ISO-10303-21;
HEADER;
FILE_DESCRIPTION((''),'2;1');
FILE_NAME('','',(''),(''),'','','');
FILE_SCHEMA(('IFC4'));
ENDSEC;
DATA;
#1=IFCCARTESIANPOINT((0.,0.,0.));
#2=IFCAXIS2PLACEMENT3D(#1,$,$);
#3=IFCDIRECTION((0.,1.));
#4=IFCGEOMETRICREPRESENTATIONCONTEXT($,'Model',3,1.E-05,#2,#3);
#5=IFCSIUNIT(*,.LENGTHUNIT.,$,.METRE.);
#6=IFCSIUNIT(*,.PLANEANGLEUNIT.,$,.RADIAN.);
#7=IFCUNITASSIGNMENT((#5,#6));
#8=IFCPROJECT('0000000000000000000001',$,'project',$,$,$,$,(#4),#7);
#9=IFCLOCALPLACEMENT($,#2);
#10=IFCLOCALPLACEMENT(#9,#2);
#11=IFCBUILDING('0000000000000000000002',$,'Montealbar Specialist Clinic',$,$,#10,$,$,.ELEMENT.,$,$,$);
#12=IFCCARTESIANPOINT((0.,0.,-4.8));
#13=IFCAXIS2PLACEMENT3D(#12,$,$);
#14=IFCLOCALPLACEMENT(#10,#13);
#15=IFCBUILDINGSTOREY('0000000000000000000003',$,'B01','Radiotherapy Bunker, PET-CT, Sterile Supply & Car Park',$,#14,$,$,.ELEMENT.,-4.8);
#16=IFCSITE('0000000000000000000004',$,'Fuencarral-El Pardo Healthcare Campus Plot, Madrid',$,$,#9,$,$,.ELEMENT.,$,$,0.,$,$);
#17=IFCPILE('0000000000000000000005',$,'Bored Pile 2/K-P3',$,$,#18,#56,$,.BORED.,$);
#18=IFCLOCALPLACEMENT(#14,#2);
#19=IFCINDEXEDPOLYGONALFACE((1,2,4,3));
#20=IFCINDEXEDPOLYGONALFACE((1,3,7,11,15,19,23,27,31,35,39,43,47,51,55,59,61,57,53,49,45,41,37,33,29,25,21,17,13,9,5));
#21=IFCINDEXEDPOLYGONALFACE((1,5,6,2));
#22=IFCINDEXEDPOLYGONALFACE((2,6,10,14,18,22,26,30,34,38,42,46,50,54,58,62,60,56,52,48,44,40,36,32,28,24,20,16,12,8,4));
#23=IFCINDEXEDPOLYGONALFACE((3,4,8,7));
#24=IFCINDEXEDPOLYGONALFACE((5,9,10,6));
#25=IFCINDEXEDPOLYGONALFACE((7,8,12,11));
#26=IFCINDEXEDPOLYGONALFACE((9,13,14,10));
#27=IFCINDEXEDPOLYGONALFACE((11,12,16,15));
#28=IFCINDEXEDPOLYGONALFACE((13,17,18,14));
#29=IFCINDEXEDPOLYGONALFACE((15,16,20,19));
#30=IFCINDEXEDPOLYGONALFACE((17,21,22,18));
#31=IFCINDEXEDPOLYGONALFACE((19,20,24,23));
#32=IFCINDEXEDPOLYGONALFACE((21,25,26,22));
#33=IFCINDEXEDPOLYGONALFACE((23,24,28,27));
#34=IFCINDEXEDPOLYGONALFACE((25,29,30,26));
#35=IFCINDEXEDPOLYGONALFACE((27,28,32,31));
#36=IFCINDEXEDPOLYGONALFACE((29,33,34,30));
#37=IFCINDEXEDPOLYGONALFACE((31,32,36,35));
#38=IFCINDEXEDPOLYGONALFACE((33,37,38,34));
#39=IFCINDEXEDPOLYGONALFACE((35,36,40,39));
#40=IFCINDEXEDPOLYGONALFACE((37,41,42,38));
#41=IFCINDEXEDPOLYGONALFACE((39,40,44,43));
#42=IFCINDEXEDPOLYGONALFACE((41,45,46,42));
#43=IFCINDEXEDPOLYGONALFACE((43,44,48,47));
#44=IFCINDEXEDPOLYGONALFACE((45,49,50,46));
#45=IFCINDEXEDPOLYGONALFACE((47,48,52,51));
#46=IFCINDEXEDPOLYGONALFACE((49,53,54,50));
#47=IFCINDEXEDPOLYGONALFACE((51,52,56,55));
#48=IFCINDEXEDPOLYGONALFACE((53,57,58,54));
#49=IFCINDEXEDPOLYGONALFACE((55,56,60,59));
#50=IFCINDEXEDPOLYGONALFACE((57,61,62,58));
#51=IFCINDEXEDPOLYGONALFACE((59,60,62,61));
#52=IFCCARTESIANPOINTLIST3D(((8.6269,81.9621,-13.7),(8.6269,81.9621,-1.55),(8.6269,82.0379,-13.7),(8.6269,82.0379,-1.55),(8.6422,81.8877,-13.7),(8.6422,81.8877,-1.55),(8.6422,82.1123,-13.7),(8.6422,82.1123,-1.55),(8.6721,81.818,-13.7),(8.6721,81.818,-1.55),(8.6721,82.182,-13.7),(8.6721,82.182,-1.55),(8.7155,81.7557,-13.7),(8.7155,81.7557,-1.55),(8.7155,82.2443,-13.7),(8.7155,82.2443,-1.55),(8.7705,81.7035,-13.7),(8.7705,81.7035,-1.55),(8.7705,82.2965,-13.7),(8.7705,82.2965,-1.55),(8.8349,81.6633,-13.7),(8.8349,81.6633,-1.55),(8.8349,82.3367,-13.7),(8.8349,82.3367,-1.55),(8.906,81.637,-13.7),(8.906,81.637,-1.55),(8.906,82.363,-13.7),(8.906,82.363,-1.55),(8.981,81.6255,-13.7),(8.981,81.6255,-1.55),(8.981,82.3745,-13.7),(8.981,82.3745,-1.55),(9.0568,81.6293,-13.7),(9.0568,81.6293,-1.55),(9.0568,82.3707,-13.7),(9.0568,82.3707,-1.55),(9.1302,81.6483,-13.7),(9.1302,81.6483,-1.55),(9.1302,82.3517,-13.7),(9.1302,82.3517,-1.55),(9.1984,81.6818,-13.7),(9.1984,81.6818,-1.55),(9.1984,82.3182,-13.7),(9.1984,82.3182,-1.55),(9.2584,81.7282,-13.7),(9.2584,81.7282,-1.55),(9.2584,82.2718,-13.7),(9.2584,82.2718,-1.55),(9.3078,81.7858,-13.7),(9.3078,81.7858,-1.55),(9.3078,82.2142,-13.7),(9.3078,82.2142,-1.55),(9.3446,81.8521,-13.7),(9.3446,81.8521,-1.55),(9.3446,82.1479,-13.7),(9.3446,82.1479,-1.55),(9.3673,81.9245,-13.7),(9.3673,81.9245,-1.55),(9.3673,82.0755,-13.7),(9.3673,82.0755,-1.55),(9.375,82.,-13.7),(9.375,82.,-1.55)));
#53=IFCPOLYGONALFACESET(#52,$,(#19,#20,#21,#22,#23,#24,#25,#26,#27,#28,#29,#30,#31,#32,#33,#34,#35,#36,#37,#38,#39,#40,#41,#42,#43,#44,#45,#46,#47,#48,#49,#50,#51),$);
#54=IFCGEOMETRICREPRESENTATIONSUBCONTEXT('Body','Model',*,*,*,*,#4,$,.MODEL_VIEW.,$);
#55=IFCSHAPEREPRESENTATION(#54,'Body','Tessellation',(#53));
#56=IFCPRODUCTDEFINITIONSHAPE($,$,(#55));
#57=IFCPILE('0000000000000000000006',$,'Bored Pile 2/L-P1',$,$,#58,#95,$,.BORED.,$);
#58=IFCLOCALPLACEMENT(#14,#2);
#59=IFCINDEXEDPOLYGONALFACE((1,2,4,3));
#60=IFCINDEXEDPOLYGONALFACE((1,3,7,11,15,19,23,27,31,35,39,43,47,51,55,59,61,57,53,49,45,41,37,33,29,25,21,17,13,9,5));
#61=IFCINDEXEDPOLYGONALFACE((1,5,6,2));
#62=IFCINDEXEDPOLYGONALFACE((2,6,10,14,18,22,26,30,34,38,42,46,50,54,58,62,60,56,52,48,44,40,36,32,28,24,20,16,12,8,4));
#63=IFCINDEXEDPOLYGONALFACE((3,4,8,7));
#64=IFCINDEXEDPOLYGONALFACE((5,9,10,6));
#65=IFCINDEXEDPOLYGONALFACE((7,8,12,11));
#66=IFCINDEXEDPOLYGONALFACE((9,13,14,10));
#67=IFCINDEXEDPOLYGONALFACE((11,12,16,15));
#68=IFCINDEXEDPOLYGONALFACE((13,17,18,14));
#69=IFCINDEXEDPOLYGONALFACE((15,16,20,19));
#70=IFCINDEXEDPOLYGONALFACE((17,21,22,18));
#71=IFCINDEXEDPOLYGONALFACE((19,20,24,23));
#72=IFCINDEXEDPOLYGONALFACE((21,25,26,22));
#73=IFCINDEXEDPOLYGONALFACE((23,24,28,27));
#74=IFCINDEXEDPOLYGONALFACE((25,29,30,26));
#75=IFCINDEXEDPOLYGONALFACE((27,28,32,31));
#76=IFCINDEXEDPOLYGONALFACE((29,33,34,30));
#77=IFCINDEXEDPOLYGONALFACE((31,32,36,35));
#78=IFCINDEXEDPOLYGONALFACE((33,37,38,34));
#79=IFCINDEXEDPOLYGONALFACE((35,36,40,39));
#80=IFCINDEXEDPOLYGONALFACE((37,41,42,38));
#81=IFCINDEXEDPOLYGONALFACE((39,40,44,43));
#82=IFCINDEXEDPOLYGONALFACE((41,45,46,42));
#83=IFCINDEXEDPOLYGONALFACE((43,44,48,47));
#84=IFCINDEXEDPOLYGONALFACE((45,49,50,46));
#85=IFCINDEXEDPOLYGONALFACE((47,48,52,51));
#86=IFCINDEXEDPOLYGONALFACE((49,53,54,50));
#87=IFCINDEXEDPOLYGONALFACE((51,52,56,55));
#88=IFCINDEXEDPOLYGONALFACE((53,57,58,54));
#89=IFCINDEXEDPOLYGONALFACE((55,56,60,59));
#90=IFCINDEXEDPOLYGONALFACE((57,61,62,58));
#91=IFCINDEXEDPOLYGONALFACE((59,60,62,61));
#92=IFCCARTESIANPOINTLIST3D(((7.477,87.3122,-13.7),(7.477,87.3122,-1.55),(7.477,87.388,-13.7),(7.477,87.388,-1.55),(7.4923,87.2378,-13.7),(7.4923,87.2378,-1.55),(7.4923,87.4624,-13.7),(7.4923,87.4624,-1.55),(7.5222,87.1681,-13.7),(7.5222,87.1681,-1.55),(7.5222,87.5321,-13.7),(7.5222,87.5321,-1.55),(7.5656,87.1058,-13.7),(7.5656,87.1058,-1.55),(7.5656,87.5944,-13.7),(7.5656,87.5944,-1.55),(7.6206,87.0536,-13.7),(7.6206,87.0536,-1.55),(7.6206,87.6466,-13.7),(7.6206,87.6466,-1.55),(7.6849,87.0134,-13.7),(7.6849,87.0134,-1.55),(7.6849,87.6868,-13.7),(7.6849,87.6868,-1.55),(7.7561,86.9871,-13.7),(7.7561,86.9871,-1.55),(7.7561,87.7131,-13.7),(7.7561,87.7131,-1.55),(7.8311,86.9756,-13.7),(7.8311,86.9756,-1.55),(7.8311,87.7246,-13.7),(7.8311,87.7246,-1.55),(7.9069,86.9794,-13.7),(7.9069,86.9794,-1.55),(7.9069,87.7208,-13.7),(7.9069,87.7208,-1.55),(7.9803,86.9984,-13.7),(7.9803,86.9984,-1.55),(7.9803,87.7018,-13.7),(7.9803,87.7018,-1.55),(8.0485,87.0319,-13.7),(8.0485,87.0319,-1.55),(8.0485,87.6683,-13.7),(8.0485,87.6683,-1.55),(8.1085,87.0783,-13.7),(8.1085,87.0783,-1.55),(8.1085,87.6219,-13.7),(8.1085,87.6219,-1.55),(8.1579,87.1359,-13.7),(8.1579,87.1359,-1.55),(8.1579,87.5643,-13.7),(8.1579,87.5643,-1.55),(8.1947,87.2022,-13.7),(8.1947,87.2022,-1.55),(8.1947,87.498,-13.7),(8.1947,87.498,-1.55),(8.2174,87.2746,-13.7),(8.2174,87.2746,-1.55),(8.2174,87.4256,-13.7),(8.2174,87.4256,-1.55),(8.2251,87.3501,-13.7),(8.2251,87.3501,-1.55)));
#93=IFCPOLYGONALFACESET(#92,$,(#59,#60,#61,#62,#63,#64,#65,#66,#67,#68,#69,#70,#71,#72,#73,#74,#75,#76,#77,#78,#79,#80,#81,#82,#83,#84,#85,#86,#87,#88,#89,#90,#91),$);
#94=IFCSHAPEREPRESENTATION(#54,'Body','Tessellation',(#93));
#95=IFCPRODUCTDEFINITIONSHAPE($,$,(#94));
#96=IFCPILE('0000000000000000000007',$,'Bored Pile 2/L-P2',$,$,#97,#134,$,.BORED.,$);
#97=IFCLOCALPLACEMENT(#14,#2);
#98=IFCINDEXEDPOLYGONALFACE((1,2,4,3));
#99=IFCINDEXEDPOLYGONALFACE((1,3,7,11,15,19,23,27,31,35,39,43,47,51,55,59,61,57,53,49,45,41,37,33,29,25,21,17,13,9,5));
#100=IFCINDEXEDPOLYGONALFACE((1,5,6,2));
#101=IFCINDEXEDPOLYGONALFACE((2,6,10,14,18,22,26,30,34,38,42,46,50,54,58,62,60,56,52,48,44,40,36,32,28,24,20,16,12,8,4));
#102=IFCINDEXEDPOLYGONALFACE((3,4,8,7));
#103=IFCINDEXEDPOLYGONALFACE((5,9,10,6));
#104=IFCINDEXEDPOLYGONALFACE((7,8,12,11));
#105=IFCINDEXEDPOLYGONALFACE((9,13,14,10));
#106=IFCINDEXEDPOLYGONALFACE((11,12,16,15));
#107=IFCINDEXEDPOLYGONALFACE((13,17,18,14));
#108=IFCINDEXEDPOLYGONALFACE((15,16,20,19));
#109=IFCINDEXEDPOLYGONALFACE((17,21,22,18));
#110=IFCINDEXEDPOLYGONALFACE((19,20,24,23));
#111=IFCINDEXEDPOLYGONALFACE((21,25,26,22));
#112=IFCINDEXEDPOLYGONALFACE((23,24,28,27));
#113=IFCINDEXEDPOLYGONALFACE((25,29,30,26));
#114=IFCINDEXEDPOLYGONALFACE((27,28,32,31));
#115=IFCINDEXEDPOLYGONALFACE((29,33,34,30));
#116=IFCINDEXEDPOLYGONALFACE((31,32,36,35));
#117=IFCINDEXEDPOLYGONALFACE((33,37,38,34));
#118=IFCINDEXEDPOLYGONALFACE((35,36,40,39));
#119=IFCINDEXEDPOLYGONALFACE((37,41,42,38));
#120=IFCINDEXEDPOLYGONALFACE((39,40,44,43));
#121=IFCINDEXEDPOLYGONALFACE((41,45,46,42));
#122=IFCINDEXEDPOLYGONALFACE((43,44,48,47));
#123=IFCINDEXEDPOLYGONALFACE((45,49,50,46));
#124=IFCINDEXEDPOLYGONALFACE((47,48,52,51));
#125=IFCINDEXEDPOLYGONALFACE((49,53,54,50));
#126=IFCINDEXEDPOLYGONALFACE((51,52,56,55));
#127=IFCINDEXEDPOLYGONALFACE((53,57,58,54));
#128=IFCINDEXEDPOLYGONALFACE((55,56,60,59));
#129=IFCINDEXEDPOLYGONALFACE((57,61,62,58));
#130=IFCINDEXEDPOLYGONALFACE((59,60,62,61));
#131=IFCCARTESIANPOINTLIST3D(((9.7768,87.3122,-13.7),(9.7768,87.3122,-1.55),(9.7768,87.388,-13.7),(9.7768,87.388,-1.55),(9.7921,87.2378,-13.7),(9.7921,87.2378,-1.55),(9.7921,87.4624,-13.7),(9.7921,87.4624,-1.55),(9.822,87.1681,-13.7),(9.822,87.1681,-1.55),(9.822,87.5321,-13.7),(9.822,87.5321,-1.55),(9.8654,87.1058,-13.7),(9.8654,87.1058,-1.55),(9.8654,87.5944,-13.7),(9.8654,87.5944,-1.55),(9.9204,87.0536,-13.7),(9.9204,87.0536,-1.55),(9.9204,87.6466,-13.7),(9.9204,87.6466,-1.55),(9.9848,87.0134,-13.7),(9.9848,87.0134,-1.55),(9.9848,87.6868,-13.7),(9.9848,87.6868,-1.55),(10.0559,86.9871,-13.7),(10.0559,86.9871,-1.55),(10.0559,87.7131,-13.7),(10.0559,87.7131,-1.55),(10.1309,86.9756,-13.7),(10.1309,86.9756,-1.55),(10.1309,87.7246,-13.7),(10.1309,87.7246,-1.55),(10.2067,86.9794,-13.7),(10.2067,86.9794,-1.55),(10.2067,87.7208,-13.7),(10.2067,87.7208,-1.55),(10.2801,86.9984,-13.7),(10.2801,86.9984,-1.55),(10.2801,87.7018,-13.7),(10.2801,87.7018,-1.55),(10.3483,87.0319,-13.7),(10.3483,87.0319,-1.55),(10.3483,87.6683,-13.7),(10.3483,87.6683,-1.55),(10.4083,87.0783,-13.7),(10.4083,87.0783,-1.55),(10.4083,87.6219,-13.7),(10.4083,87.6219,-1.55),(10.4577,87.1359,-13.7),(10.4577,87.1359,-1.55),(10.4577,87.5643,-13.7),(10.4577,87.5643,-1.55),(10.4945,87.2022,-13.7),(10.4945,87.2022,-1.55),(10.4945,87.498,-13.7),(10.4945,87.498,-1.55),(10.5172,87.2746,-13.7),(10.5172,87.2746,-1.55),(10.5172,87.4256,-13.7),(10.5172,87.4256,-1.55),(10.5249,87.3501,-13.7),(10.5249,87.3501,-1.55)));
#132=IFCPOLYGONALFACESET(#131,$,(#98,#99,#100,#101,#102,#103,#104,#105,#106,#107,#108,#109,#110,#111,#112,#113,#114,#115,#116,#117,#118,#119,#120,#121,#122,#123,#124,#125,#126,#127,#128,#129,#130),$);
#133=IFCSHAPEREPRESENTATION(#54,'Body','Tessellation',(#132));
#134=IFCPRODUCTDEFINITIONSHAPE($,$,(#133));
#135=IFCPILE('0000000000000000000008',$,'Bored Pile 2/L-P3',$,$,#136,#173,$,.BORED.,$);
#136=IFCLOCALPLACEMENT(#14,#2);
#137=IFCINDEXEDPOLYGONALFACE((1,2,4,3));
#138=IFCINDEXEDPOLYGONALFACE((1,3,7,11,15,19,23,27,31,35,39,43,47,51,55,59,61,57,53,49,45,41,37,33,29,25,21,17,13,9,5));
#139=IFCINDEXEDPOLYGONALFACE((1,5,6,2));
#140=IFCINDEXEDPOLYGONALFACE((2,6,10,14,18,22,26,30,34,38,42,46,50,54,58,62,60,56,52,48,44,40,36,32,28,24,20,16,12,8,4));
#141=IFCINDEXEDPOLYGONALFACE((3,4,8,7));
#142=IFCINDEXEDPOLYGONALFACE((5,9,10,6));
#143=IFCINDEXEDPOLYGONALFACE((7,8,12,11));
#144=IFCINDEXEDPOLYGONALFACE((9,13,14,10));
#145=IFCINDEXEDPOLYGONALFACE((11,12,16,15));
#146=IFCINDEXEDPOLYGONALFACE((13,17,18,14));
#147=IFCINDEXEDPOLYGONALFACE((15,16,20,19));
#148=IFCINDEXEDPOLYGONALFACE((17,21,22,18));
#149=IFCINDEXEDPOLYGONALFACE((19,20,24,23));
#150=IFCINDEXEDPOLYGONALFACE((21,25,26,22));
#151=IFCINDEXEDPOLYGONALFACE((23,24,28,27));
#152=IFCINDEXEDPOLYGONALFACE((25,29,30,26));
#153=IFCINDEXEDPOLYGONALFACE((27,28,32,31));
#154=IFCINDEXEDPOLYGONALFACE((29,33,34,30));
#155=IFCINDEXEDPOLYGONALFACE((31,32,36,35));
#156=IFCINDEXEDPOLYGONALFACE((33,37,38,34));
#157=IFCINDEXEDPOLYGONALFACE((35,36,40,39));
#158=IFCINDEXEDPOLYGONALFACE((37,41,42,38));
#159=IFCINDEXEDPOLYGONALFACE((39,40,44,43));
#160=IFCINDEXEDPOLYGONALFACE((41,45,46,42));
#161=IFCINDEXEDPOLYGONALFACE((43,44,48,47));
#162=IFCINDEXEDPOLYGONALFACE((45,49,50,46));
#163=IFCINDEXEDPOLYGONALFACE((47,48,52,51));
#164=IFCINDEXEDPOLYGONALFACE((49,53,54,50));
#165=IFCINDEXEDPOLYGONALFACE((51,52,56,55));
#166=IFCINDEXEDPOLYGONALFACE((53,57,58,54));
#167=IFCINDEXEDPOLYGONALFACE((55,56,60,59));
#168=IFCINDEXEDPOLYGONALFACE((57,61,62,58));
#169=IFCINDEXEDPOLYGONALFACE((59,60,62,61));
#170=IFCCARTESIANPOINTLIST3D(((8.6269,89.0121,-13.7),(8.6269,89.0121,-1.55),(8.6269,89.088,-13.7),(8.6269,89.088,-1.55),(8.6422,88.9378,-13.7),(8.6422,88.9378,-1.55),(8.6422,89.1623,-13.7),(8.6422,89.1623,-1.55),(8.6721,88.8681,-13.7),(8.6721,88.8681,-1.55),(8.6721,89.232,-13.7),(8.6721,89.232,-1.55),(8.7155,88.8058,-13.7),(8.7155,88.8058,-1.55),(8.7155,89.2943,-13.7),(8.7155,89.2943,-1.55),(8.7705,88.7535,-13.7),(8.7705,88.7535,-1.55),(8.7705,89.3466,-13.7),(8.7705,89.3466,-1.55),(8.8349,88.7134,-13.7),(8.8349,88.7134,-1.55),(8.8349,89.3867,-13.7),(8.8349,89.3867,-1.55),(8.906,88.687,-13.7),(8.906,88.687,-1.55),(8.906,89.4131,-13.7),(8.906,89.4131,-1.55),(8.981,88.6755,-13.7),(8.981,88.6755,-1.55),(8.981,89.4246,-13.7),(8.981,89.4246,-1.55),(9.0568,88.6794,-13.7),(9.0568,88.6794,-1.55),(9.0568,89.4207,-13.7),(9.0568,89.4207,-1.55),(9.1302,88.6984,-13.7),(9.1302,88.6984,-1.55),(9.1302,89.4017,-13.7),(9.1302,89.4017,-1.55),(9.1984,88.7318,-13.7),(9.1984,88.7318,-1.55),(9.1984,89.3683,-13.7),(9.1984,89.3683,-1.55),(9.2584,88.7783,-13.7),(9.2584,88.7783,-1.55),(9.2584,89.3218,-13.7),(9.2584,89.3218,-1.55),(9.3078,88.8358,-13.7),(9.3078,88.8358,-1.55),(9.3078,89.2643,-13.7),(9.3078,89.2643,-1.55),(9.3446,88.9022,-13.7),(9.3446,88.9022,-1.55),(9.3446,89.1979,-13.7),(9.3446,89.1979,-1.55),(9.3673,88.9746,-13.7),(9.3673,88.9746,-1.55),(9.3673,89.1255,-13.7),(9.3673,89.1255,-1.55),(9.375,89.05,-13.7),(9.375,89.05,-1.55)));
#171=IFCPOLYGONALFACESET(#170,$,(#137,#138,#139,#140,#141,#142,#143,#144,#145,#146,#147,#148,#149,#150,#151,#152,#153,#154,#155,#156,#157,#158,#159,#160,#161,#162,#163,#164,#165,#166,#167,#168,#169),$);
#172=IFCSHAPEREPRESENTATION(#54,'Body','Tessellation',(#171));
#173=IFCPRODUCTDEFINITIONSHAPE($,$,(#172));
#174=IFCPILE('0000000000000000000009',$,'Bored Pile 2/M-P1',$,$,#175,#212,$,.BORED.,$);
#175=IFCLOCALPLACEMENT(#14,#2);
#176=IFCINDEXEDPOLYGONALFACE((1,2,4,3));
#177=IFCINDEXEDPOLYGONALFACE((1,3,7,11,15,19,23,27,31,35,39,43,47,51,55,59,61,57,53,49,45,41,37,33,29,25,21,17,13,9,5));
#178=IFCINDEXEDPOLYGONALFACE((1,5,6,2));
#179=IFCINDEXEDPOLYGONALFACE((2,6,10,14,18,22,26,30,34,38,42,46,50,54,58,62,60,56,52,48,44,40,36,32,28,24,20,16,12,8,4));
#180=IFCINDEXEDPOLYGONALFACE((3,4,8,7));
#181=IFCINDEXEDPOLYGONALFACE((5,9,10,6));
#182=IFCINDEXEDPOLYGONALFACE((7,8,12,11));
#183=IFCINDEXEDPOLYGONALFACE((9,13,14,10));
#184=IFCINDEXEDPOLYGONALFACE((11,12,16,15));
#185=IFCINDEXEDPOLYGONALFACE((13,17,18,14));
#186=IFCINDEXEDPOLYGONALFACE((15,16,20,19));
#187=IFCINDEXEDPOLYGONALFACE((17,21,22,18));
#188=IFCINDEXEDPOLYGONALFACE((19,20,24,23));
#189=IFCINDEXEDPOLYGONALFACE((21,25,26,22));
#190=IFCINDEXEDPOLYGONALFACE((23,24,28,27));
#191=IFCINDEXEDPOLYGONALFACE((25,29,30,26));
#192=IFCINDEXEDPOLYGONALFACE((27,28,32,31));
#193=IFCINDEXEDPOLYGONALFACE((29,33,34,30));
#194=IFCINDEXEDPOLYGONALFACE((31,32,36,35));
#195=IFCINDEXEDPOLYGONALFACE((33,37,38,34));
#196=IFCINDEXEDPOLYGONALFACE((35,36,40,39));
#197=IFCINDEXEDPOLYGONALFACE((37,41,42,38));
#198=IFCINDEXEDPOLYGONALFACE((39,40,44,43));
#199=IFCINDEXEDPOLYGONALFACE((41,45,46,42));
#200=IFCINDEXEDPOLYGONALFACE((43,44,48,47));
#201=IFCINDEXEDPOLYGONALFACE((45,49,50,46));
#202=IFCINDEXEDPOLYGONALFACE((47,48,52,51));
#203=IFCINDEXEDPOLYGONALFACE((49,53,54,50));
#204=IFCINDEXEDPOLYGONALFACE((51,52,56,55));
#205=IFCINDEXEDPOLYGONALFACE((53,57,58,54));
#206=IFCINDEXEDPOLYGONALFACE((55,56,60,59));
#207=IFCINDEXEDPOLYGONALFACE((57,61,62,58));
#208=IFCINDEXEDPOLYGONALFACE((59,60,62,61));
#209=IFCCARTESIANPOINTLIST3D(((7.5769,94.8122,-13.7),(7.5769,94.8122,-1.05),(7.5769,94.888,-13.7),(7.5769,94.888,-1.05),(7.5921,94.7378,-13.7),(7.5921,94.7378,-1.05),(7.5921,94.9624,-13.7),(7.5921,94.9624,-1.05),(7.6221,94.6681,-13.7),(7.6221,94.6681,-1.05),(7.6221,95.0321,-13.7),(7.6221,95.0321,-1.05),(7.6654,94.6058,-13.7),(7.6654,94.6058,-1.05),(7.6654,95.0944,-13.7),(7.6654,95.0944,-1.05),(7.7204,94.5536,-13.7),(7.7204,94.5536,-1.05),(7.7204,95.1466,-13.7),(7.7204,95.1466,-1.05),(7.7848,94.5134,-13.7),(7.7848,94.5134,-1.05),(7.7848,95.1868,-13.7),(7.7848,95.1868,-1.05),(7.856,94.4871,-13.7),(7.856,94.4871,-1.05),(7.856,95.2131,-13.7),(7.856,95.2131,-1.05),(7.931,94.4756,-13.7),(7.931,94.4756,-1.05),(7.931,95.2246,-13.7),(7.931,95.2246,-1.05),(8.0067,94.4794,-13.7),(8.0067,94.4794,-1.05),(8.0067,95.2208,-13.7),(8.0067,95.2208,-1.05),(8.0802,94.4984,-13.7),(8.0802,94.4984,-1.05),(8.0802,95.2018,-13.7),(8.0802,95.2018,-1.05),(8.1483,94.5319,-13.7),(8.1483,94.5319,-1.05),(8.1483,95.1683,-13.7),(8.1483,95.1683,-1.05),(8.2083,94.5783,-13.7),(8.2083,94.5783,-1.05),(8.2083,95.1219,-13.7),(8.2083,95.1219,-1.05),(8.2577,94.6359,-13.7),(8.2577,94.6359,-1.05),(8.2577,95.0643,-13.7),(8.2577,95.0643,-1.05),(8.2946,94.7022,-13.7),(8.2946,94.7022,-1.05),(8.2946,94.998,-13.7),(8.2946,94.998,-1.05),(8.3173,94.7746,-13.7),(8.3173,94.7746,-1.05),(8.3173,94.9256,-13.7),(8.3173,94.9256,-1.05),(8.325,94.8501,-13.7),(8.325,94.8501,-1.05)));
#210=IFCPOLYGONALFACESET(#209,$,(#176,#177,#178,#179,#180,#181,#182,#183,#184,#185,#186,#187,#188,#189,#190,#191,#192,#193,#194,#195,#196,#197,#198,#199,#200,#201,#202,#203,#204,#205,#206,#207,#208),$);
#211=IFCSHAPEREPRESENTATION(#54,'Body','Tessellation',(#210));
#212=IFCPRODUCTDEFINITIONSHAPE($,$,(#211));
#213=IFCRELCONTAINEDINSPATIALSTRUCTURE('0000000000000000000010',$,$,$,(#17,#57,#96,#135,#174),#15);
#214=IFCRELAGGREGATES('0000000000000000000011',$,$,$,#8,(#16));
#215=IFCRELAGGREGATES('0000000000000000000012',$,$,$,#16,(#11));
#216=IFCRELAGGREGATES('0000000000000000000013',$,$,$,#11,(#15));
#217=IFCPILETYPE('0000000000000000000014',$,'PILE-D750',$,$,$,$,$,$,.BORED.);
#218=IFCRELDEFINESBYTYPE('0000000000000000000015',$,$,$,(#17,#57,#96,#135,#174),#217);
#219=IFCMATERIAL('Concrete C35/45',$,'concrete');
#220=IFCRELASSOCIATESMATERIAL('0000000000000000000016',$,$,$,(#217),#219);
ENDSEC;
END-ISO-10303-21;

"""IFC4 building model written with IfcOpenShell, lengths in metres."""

from ifc_helpers import new_model, si_unit, direction, frame, origin, origin_2d, place, context, subcontext, project, spatial, circle, extrude, material, material_profile, profile_set, type_object, element, save


model = new_model("IFC4")

# Units and contexts
model_context = context("Model", 3, precision=1e-05, world=origin(), true_north=direction((0.0, 1.0)))
body_context = subcontext(model_context, "Body", "Model", "MODEL_VIEW")
ifc_project = project(units=[si_unit("LENGTHUNIT", "METRE"), si_unit("PLANEANGLEUNIT", "RADIAN")], contexts=[model_context])

# Site, building, storey
site_placement = place(None, origin())
site = spatial("IfcSite", under=ifc_project, at=site_placement, Name="Fuencarral-El Pardo Healthcare Campus Plot, Madrid", CompositionType="ELEMENT", RefElevation=0.0)
building_placement = place(site_placement, origin())
building = spatial("IfcBuilding", under=site, at=building_placement, Name="Montealbar Specialist Clinic", CompositionType="ELEMENT")
storey_placement = place(building_placement, frame((0.0, 0.0, -4.8)))
storey = spatial("IfcBuildingStorey", under=building, at=storey_placement, Name="B01", Description="Radiotherapy Bunker, PET-CT, Sterile Supply & Car Park", CompositionType="ELEMENT", Elevation=-4.8)

# Shared definitions
ifc_material_1 = material(Name="Concrete C35/45", Category="concrete")

# Piles
ifc_material_profile_1 = material_profile(ifc_material_1, circle(Radius=0.375, at=origin_2d()), Name="PILE D750", Category="concrete")
ifc_profile_set_1 = profile_set([ifc_material_profile_1], Name="Concrete C35/45")
pile_type_1 = type_object("IfcPileType", Name="PILE-D750", PredefinedType="BORED", material=ifc_profile_set_1)
for number, where, z_axis, x_axis, name in (
    (1, (9.0, 82.0, -1.55), (0.0, 0.0, -1.0), (1.0, 0.0, 0.0), "Bored Pile 2/K-P3"),
    (2, (7.8501, 87.3501, -1.55), (0.0, 0.0, -1.0), (1.0, 0.0, 0.0), "Bored Pile 2/L-P1"),
    (3, (10.1499, 87.3501, -1.55), (0.0, 0.0, -1.0), (1.0, 0.0, 0.0), "Bored Pile 2/L-P2"),
    (4, (9.0, 89.05, -1.55), (0.0, 0.0, -1.0), (1.0, 0.0, 0.0), "Bored Pile 2/L-P3"),
):
    element("IfcPile", number, at=place(storey_placement, frame(where, z_axis=z_axis, x_axis=x_axis)), inside=storey, type_object=pile_type_1, Name=name, PredefinedType="BORED", context=body_context, shape_type="SweptSolid", body=[
        extrude(circle(Radius=0.375, at=origin_2d()), origin(), (0.0, 0.0, 1.0), 12.1499),
    ])
for number, where, z_axis, x_axis, name in (
    (5, (7.95, 94.8501, -1.05), (0.0, 0.0, -1.0), (1.0, 0.0, 0.0), "Bored Pile 2/M-P1"),
):
    element("IfcPile", number, at=place(storey_placement, frame(where, z_axis=z_axis, x_axis=x_axis)), inside=storey, type_object=pile_type_1, Name=name, PredefinedType="BORED", context=body_context, shape_type="SweptSolid", body=[
        extrude(circle(Radius=0.375, at=origin_2d()), origin(), (0.0, 0.0, 1.0), 12.6499),
    ])

save(model, "model.ifc")
